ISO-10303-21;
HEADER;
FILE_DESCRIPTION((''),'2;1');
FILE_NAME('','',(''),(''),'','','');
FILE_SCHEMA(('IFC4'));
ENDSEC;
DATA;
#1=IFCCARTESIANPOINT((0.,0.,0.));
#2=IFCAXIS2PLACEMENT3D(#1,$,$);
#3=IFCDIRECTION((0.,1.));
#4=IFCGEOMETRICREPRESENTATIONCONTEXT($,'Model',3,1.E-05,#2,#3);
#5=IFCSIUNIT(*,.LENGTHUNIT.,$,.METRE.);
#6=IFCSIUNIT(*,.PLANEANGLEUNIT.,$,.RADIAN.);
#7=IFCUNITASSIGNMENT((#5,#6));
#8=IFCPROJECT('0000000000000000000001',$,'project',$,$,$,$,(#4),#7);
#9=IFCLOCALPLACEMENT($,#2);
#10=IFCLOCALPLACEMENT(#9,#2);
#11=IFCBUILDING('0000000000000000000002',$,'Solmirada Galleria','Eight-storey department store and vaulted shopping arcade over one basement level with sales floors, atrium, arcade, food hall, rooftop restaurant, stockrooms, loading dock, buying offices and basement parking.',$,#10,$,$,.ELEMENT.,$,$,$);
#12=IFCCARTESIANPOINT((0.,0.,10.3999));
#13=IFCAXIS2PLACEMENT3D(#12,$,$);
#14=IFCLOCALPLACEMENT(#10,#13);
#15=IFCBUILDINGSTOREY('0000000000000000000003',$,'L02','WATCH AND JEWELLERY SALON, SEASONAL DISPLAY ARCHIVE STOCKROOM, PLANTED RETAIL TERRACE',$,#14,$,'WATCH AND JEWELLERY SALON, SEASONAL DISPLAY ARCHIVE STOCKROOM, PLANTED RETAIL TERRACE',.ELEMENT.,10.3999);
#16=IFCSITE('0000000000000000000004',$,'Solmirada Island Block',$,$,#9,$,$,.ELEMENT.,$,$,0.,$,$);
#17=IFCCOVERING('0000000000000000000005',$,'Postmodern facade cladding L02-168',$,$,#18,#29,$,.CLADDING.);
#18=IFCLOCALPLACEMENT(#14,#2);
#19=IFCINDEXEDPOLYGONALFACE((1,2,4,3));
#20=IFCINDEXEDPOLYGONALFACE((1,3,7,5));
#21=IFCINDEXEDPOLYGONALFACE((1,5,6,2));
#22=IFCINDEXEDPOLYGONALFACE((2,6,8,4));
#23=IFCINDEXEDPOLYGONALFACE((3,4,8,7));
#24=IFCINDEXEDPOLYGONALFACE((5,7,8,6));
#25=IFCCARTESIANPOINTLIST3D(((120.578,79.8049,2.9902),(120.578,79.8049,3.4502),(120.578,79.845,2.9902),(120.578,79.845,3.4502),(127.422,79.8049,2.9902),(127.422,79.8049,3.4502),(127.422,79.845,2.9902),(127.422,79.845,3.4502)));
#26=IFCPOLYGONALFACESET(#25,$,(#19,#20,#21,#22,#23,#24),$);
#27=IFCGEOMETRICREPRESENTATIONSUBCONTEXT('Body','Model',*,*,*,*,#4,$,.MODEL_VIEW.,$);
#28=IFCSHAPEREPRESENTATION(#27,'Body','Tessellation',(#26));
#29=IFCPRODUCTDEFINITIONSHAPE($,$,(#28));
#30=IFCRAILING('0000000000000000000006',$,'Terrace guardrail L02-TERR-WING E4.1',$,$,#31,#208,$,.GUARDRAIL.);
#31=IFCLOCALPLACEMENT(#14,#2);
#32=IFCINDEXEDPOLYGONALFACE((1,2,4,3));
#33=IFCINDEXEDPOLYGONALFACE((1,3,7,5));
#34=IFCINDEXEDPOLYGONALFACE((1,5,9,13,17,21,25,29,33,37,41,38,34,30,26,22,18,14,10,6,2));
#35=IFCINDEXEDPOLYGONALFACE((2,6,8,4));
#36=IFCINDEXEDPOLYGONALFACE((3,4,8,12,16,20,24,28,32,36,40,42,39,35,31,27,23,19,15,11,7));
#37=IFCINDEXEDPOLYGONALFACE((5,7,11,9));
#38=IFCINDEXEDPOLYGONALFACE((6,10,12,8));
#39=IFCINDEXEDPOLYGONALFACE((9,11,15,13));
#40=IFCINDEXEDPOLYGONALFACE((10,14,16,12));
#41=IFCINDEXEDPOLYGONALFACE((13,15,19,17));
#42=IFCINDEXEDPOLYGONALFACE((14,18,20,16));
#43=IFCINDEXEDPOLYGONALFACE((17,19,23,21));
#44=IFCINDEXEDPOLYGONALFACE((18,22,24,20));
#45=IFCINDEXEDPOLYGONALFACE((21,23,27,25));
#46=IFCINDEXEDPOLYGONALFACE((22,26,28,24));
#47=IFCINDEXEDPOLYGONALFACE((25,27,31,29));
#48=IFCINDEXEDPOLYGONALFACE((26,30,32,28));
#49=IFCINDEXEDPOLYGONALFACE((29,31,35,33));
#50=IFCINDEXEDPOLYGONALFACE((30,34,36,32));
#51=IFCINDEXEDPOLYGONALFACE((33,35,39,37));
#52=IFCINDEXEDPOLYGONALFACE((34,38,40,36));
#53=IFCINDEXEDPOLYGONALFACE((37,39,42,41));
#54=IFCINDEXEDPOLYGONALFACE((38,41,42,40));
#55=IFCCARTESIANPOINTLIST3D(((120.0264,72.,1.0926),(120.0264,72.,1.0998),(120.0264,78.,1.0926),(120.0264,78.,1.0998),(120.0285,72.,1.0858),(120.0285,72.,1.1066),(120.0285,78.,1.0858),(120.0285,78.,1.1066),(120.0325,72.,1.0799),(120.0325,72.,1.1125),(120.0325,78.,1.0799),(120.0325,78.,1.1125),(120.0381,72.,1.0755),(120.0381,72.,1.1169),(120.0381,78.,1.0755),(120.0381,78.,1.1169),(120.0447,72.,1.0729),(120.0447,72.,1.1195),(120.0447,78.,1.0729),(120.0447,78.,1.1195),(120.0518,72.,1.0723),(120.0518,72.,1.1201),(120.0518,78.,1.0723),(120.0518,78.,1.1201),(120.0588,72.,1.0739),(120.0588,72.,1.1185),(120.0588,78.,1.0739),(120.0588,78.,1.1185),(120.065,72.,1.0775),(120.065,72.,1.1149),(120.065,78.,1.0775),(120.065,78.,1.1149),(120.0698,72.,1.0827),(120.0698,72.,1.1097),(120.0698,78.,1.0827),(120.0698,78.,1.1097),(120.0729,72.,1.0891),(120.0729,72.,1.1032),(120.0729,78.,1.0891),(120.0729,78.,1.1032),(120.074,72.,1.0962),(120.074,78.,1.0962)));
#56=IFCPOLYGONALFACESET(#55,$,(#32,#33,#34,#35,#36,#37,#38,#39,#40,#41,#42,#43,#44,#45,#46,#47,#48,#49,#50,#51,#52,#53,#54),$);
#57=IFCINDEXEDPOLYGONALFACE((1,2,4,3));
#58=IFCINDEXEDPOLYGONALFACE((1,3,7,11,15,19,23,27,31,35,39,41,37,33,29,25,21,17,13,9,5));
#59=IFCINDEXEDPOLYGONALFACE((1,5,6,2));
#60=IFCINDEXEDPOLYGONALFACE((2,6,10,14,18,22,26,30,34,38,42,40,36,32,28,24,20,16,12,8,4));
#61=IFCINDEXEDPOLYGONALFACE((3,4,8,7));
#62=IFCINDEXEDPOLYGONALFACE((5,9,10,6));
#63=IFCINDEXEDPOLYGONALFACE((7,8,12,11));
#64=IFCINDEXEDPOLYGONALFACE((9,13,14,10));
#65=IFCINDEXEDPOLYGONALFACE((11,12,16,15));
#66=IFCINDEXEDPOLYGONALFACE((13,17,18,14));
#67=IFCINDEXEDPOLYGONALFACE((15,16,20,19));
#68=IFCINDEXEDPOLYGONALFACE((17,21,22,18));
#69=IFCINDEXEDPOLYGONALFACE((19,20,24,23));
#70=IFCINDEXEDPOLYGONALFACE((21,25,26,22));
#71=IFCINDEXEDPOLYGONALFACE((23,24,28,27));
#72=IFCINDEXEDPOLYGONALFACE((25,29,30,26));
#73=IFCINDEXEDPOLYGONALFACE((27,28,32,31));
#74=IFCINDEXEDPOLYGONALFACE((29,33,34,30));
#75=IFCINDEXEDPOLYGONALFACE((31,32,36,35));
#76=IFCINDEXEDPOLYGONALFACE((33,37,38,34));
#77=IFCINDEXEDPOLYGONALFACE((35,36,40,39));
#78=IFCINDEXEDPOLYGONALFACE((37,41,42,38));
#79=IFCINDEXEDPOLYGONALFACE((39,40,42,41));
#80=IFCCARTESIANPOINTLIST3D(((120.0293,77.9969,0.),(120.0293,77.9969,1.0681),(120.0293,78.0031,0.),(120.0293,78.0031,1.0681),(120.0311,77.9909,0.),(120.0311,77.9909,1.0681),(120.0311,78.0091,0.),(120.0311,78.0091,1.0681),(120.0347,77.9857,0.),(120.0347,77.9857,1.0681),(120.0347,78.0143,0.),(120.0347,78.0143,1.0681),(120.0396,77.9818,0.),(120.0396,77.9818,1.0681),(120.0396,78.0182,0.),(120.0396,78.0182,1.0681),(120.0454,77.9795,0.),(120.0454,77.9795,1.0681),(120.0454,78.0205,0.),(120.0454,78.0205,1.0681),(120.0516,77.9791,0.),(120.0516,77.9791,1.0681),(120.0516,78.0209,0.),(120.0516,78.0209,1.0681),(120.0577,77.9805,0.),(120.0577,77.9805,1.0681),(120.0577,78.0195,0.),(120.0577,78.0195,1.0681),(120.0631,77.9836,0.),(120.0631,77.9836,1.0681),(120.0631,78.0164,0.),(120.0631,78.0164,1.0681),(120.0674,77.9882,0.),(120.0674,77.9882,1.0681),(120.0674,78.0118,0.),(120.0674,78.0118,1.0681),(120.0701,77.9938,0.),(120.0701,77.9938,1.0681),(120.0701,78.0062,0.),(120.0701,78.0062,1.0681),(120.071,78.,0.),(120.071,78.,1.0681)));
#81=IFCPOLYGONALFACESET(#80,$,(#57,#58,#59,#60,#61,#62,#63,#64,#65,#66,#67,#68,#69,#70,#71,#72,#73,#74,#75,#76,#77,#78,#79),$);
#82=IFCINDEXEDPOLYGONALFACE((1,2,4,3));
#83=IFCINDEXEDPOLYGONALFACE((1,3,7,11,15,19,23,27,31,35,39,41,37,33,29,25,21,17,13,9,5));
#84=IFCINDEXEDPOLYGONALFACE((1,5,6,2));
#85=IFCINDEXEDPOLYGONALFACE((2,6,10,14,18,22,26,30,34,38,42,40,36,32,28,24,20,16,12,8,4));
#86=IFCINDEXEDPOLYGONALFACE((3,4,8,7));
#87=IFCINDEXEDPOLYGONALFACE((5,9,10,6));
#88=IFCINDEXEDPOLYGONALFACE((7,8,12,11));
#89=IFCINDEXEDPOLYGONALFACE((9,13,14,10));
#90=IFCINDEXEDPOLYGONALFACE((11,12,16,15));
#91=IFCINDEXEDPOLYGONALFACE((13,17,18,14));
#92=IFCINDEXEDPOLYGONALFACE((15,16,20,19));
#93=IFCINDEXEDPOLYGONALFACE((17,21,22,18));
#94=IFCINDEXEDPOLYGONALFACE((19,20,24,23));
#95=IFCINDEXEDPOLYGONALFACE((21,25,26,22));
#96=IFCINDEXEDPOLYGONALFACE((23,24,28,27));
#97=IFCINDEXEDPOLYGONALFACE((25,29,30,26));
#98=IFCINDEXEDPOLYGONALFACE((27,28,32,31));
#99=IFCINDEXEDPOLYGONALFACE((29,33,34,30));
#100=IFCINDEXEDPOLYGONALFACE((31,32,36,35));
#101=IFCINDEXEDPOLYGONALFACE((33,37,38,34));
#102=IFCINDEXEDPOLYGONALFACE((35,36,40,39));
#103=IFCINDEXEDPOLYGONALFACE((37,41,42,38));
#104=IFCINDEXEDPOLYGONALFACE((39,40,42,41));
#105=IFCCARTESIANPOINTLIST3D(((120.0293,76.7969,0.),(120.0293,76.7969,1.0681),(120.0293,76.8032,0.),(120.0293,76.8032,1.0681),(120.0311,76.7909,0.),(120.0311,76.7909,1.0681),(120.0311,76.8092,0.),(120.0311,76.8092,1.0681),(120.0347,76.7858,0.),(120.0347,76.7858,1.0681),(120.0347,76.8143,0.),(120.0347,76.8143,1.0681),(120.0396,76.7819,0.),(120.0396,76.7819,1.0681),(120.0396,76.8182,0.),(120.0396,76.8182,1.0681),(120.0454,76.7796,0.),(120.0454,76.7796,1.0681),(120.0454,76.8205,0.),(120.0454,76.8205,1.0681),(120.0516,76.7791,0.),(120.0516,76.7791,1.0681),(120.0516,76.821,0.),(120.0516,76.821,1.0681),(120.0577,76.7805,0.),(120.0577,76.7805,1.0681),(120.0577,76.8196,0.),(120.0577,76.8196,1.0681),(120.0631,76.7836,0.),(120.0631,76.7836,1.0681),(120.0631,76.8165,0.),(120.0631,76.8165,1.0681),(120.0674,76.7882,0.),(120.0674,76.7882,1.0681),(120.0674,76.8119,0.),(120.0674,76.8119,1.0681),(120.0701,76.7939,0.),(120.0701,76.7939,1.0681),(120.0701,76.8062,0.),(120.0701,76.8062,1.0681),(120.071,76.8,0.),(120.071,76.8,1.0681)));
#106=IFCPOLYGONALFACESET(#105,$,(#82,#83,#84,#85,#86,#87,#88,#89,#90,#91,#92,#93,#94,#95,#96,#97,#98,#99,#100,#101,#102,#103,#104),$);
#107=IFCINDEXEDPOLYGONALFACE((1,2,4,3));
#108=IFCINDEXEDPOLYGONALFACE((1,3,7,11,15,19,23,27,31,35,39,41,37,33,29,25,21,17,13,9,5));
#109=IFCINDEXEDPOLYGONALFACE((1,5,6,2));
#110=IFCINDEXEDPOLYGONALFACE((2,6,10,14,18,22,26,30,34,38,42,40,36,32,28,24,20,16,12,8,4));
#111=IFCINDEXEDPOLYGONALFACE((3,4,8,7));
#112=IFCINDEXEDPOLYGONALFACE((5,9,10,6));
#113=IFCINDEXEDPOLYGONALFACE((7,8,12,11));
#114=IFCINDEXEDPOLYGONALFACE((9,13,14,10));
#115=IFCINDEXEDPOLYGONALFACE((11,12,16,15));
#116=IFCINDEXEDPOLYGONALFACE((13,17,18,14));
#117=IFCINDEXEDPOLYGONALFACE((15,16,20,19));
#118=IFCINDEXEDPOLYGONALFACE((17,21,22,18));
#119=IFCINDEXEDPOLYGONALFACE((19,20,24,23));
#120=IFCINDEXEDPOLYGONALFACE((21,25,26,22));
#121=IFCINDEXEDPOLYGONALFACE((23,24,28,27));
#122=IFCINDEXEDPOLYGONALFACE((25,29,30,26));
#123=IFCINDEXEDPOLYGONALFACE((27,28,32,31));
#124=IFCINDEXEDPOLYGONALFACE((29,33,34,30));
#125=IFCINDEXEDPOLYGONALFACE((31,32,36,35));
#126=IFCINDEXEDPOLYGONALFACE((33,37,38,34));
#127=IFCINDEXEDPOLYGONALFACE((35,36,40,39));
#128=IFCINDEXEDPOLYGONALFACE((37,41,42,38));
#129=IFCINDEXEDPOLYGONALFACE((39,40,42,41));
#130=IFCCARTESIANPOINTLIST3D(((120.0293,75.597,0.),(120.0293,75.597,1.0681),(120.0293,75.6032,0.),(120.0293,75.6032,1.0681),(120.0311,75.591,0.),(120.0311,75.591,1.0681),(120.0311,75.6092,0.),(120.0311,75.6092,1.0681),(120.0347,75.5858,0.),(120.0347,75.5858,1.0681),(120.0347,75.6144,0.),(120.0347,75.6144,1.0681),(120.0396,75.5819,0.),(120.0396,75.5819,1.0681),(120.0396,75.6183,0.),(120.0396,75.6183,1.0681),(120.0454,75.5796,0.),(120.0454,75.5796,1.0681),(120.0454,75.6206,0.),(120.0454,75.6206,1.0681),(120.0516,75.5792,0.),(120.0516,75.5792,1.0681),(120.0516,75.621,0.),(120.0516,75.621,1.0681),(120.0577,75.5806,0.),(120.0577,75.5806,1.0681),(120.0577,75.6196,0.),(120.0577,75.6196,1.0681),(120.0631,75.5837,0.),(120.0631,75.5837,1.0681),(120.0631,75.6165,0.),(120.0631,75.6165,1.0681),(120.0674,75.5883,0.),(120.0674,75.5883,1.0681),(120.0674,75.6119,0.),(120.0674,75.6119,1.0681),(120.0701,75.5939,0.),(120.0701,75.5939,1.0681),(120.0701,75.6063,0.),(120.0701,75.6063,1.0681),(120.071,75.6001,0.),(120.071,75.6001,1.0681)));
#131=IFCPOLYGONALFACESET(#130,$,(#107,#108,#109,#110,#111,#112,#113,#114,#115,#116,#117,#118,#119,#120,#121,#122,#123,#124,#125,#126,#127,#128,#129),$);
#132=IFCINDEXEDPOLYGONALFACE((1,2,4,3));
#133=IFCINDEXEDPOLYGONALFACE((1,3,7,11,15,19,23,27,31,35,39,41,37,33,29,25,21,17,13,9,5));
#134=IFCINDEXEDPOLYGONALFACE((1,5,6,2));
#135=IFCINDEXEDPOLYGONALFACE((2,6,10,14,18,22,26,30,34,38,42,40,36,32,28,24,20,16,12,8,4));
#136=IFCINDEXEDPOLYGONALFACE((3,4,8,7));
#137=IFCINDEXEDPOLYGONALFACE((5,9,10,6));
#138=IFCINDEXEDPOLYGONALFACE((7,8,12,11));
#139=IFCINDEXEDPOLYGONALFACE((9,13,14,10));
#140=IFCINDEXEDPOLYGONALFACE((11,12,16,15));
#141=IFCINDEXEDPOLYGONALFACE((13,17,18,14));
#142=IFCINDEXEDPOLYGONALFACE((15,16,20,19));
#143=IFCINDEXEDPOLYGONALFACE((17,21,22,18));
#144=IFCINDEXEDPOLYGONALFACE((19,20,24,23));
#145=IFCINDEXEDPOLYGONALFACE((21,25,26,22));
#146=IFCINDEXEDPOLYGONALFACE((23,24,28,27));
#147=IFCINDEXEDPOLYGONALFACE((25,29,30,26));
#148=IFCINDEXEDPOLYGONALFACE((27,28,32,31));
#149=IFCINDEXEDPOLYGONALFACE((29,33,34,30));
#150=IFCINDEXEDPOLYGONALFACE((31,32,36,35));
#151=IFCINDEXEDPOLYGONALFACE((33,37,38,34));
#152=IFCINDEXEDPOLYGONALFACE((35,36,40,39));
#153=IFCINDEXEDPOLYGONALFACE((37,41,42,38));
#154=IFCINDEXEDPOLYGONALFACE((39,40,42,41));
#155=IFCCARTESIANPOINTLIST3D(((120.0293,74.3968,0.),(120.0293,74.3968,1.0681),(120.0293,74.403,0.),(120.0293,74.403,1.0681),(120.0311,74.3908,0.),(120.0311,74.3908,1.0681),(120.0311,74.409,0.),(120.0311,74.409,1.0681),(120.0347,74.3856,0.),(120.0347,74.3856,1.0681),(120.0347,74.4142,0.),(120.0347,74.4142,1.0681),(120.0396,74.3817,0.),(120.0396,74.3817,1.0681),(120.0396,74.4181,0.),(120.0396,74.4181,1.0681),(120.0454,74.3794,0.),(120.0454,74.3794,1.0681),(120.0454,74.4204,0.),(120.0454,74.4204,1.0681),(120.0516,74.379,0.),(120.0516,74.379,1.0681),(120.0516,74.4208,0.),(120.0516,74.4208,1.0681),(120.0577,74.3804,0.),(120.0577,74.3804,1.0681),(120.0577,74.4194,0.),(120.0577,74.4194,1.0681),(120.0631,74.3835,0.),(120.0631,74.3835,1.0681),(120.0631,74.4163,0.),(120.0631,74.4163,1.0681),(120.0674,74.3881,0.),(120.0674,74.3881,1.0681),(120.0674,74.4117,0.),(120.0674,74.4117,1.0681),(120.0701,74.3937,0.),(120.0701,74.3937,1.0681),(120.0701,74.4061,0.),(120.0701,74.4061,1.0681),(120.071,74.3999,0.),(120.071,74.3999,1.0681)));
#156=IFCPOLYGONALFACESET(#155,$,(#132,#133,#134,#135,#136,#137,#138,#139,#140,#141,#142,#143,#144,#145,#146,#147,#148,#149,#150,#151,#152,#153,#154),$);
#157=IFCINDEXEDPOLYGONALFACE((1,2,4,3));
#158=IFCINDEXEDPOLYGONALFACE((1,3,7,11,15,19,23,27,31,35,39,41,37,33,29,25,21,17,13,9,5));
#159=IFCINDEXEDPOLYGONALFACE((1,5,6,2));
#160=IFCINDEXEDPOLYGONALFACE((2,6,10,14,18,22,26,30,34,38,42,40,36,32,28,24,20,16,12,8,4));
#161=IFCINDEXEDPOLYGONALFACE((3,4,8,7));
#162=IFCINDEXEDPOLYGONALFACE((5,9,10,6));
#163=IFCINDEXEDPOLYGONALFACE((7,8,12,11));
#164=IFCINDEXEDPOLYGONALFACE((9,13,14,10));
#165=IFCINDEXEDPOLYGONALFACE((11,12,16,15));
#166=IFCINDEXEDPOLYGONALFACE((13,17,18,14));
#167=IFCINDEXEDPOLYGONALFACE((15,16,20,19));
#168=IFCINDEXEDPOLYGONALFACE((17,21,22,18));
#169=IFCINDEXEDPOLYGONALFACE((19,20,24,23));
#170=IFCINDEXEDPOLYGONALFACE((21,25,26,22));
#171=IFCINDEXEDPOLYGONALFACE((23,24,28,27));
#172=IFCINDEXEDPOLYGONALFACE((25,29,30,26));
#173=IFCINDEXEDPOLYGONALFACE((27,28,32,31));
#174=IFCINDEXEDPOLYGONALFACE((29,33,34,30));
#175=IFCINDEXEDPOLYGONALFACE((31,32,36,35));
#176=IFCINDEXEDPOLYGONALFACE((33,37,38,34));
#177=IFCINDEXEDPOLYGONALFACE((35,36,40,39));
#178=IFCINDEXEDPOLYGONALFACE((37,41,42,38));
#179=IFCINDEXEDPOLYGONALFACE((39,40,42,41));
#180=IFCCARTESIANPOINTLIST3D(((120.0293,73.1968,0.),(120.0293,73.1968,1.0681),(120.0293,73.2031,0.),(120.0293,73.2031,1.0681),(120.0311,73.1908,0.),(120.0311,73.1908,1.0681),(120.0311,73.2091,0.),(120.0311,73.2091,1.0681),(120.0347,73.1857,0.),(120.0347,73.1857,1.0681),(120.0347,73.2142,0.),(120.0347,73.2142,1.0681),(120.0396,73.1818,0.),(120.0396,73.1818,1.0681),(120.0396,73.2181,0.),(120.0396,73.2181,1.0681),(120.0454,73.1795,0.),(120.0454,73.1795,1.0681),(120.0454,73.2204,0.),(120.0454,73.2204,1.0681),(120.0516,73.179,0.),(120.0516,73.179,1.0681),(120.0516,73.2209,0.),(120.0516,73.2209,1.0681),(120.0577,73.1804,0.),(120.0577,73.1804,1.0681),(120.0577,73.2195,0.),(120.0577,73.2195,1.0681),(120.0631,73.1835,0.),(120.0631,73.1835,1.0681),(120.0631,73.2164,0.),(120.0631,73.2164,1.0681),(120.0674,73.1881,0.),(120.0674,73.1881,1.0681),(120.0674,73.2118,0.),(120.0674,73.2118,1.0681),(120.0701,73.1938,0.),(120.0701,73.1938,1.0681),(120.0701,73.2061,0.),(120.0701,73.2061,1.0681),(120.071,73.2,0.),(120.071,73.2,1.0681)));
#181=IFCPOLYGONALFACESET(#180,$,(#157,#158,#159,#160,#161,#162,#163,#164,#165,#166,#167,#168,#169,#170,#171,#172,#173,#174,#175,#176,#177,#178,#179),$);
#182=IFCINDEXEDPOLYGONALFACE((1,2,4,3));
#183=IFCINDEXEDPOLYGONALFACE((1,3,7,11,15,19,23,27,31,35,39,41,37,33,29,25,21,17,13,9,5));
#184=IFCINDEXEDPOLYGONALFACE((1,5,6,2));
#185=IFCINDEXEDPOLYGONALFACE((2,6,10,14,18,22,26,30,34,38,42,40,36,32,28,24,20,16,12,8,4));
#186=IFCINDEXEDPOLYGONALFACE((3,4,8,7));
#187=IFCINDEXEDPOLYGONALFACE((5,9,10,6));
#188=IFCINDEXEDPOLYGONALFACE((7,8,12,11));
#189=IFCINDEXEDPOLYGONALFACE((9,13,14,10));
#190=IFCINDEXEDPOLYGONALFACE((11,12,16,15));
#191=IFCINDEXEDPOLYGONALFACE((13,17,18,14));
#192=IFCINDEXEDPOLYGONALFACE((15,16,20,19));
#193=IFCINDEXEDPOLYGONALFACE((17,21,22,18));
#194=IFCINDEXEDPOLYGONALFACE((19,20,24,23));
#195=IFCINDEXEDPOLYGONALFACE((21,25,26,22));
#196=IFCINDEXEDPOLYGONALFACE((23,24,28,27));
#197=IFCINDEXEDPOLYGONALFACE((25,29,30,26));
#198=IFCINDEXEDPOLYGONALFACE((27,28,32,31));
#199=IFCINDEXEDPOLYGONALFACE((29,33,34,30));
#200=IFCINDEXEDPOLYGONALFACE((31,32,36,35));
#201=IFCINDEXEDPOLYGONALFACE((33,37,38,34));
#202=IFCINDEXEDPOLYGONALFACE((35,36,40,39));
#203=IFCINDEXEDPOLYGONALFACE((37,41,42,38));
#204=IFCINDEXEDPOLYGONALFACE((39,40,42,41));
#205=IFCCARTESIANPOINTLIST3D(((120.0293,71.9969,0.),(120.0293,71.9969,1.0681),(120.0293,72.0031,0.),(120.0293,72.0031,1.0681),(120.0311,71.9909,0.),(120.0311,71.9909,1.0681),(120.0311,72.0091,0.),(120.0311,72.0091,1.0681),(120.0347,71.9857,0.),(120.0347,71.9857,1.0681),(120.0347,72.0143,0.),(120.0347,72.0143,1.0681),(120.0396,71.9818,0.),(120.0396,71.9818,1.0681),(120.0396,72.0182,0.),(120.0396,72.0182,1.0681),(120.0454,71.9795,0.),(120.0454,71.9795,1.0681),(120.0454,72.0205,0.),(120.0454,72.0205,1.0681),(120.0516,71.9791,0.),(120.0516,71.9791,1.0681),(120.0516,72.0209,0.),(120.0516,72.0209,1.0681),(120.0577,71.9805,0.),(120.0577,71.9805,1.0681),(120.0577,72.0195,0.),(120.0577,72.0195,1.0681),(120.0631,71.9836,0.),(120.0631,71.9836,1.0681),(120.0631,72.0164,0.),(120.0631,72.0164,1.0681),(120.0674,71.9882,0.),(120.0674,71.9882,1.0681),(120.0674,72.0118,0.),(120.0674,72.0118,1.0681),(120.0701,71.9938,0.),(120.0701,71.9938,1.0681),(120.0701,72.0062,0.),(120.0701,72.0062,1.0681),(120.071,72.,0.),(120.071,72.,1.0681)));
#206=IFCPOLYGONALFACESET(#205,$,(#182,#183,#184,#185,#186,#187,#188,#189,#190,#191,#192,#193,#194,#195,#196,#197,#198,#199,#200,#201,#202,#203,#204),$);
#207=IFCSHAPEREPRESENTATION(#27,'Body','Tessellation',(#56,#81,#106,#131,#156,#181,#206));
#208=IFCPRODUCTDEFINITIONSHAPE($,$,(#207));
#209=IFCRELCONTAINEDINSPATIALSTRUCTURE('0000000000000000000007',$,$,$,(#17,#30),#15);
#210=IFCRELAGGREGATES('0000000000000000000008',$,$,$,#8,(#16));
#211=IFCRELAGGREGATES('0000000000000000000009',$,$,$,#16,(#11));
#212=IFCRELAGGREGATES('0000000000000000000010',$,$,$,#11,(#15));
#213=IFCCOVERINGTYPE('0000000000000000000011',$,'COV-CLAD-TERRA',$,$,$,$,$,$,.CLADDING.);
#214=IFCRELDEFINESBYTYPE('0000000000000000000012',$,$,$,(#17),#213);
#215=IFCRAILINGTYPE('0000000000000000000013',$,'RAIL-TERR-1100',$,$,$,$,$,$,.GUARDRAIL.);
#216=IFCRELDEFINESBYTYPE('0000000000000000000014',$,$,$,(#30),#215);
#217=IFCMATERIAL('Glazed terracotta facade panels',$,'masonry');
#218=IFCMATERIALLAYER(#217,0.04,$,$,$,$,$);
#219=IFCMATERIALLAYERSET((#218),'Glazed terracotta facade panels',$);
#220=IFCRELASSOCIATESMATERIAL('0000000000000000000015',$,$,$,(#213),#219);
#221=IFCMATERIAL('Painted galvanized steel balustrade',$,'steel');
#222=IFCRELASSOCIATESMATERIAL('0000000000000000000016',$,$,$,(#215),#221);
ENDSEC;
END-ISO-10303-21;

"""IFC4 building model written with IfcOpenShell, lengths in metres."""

from ifc_helpers import new_model, si_unit, direction, frame, origin, origin_2d, place, context, subcontext, project, spatial, rectangle, circle, extrude, material, layer, layer_set, type_object, element, save


model = new_model("IFC4")

# Units and contexts
model_context = context("Model", 3, precision=1e-05, world=origin(), true_north=direction((0.0, 1.0)))
body_context = subcontext(model_context, "Body", "Model", "MODEL_VIEW")
ifc_project = project(units=[si_unit("LENGTHUNIT", "METRE"), si_unit("PLANEANGLEUNIT", "RADIAN")], contexts=[model_context])

# Site, building, storey
site_placement = place(None, origin())
site = spatial("IfcSite", under=ifc_project, at=site_placement, Name="Solmirada Island Block", CompositionType="ELEMENT", RefElevation=0.0)
building_placement = place(site_placement, origin())
building = spatial("IfcBuilding", under=site, at=building_placement, Name="Solmirada Galleria", Description="Eight-storey department store and vaulted shopping arcade over one basement level with sales floors, atrium, arcade, food hall, rooftop restaurant, stockrooms, loading dock, buying offices and basement parking.", CompositionType="ELEMENT")
storey_placement = place(building_placement, frame((0.0, 0.0, 10.3999)))
storey = spatial("IfcBuildingStorey", under=building, at=storey_placement, Name="L02", Description="WATCH AND JEWELLERY SALON, SEASONAL DISPLAY ARCHIVE STOCKROOM, PLANTED RETAIL TERRACE", LongName="WATCH AND JEWELLERY SALON, SEASONAL DISPLAY ARCHIVE STOCKROOM, PLANTED RETAIL TERRACE", CompositionType="ELEMENT", Elevation=10.3999)

# Covering
ifc_material_1 = material(Name="Glazed terracotta facade panels", Category="masonry")
ifc_layer_1 = layer(ifc_material_1, 0.04)
ifc_layer_set_1 = layer_set([ifc_layer_1], Name="Glazed terracotta facade panels")
covering_type = type_object("IfcCoveringType", Name="COV-CLAD-TERRA", PredefinedType="CLADDING", material=ifc_layer_set_1)
covering_placement = place(storey_placement, frame((124.0, 79.825, 2.9902), z_axis=(0.0, 0.0, 1.0), x_axis=(-1.0, 0.0, 0.0)))
element("IfcCovering", 1, at=covering_placement, inside=storey, type_object=covering_type, Name="Postmodern facade cladding L02-168", PredefinedType="CLADDING", context=body_context, shape_type="SweptSolid", body=[
    extrude(rectangle(XDim=6.844, YDim=0.04, at=origin_2d()), origin(), (0.0, 0.0, 1.0), 0.46),
])

# Railing
ifc_material_2 = material(Name="Painted galvanized steel balustrade", Category="steel")
railing_type = type_object("IfcRailingType", Name="RAIL-TERR-1100", PredefinedType="GUARDRAIL", material=ifc_material_2)
railing_placement = place(storey_placement, frame((120.05, 78.0, 0.0)))
element("IfcRailing", 2, at=railing_placement, inside=storey, type_object=railing_type, Name="Terrace guardrail L02-TERR-WING E4.1", PredefinedType="GUARDRAIL", context=body_context, shape_type="SweptSolid", body=[
    extrude(circle(Radius=0.0239, at=origin_2d()), frame((0.0, 0.0, 1.0962), z_axis=(0.0, -1.0, 0.0), x_axis=(1.0, 0.0, 0.0)), (0.0, 0.0, 1.0), 6.0),
    extrude(circle(Radius=0.021, at=origin_2d()), origin(), (0.0, 0.0, 1.0), 1.0681),
    extrude(circle(Radius=0.021, at=origin_2d()), frame((0.0, -1.2, 0.0)), (0.0, 0.0, 1.0), 1.0681),
    extrude(circle(Radius=0.021, at=origin_2d()), frame((0.0, -2.3999, 0.0)), (0.0, 0.0, 1.0), 1.0681),
    extrude(circle(Radius=0.021, at=origin_2d()), frame((0.0, -3.6001, 0.0)), (0.0, 0.0, 1.0), 1.0681),
    extrude(circle(Radius=0.021, at=origin_2d()), frame((0.0, -4.8, 0.0)), (0.0, 0.0, 1.0), 1.0681),
    extrude(circle(Radius=0.021, at=origin_2d()), frame((0.0, -6.0, 0.0)), (0.0, 0.0, 1.0), 1.0681),
])

save(model, "model.ifc")
